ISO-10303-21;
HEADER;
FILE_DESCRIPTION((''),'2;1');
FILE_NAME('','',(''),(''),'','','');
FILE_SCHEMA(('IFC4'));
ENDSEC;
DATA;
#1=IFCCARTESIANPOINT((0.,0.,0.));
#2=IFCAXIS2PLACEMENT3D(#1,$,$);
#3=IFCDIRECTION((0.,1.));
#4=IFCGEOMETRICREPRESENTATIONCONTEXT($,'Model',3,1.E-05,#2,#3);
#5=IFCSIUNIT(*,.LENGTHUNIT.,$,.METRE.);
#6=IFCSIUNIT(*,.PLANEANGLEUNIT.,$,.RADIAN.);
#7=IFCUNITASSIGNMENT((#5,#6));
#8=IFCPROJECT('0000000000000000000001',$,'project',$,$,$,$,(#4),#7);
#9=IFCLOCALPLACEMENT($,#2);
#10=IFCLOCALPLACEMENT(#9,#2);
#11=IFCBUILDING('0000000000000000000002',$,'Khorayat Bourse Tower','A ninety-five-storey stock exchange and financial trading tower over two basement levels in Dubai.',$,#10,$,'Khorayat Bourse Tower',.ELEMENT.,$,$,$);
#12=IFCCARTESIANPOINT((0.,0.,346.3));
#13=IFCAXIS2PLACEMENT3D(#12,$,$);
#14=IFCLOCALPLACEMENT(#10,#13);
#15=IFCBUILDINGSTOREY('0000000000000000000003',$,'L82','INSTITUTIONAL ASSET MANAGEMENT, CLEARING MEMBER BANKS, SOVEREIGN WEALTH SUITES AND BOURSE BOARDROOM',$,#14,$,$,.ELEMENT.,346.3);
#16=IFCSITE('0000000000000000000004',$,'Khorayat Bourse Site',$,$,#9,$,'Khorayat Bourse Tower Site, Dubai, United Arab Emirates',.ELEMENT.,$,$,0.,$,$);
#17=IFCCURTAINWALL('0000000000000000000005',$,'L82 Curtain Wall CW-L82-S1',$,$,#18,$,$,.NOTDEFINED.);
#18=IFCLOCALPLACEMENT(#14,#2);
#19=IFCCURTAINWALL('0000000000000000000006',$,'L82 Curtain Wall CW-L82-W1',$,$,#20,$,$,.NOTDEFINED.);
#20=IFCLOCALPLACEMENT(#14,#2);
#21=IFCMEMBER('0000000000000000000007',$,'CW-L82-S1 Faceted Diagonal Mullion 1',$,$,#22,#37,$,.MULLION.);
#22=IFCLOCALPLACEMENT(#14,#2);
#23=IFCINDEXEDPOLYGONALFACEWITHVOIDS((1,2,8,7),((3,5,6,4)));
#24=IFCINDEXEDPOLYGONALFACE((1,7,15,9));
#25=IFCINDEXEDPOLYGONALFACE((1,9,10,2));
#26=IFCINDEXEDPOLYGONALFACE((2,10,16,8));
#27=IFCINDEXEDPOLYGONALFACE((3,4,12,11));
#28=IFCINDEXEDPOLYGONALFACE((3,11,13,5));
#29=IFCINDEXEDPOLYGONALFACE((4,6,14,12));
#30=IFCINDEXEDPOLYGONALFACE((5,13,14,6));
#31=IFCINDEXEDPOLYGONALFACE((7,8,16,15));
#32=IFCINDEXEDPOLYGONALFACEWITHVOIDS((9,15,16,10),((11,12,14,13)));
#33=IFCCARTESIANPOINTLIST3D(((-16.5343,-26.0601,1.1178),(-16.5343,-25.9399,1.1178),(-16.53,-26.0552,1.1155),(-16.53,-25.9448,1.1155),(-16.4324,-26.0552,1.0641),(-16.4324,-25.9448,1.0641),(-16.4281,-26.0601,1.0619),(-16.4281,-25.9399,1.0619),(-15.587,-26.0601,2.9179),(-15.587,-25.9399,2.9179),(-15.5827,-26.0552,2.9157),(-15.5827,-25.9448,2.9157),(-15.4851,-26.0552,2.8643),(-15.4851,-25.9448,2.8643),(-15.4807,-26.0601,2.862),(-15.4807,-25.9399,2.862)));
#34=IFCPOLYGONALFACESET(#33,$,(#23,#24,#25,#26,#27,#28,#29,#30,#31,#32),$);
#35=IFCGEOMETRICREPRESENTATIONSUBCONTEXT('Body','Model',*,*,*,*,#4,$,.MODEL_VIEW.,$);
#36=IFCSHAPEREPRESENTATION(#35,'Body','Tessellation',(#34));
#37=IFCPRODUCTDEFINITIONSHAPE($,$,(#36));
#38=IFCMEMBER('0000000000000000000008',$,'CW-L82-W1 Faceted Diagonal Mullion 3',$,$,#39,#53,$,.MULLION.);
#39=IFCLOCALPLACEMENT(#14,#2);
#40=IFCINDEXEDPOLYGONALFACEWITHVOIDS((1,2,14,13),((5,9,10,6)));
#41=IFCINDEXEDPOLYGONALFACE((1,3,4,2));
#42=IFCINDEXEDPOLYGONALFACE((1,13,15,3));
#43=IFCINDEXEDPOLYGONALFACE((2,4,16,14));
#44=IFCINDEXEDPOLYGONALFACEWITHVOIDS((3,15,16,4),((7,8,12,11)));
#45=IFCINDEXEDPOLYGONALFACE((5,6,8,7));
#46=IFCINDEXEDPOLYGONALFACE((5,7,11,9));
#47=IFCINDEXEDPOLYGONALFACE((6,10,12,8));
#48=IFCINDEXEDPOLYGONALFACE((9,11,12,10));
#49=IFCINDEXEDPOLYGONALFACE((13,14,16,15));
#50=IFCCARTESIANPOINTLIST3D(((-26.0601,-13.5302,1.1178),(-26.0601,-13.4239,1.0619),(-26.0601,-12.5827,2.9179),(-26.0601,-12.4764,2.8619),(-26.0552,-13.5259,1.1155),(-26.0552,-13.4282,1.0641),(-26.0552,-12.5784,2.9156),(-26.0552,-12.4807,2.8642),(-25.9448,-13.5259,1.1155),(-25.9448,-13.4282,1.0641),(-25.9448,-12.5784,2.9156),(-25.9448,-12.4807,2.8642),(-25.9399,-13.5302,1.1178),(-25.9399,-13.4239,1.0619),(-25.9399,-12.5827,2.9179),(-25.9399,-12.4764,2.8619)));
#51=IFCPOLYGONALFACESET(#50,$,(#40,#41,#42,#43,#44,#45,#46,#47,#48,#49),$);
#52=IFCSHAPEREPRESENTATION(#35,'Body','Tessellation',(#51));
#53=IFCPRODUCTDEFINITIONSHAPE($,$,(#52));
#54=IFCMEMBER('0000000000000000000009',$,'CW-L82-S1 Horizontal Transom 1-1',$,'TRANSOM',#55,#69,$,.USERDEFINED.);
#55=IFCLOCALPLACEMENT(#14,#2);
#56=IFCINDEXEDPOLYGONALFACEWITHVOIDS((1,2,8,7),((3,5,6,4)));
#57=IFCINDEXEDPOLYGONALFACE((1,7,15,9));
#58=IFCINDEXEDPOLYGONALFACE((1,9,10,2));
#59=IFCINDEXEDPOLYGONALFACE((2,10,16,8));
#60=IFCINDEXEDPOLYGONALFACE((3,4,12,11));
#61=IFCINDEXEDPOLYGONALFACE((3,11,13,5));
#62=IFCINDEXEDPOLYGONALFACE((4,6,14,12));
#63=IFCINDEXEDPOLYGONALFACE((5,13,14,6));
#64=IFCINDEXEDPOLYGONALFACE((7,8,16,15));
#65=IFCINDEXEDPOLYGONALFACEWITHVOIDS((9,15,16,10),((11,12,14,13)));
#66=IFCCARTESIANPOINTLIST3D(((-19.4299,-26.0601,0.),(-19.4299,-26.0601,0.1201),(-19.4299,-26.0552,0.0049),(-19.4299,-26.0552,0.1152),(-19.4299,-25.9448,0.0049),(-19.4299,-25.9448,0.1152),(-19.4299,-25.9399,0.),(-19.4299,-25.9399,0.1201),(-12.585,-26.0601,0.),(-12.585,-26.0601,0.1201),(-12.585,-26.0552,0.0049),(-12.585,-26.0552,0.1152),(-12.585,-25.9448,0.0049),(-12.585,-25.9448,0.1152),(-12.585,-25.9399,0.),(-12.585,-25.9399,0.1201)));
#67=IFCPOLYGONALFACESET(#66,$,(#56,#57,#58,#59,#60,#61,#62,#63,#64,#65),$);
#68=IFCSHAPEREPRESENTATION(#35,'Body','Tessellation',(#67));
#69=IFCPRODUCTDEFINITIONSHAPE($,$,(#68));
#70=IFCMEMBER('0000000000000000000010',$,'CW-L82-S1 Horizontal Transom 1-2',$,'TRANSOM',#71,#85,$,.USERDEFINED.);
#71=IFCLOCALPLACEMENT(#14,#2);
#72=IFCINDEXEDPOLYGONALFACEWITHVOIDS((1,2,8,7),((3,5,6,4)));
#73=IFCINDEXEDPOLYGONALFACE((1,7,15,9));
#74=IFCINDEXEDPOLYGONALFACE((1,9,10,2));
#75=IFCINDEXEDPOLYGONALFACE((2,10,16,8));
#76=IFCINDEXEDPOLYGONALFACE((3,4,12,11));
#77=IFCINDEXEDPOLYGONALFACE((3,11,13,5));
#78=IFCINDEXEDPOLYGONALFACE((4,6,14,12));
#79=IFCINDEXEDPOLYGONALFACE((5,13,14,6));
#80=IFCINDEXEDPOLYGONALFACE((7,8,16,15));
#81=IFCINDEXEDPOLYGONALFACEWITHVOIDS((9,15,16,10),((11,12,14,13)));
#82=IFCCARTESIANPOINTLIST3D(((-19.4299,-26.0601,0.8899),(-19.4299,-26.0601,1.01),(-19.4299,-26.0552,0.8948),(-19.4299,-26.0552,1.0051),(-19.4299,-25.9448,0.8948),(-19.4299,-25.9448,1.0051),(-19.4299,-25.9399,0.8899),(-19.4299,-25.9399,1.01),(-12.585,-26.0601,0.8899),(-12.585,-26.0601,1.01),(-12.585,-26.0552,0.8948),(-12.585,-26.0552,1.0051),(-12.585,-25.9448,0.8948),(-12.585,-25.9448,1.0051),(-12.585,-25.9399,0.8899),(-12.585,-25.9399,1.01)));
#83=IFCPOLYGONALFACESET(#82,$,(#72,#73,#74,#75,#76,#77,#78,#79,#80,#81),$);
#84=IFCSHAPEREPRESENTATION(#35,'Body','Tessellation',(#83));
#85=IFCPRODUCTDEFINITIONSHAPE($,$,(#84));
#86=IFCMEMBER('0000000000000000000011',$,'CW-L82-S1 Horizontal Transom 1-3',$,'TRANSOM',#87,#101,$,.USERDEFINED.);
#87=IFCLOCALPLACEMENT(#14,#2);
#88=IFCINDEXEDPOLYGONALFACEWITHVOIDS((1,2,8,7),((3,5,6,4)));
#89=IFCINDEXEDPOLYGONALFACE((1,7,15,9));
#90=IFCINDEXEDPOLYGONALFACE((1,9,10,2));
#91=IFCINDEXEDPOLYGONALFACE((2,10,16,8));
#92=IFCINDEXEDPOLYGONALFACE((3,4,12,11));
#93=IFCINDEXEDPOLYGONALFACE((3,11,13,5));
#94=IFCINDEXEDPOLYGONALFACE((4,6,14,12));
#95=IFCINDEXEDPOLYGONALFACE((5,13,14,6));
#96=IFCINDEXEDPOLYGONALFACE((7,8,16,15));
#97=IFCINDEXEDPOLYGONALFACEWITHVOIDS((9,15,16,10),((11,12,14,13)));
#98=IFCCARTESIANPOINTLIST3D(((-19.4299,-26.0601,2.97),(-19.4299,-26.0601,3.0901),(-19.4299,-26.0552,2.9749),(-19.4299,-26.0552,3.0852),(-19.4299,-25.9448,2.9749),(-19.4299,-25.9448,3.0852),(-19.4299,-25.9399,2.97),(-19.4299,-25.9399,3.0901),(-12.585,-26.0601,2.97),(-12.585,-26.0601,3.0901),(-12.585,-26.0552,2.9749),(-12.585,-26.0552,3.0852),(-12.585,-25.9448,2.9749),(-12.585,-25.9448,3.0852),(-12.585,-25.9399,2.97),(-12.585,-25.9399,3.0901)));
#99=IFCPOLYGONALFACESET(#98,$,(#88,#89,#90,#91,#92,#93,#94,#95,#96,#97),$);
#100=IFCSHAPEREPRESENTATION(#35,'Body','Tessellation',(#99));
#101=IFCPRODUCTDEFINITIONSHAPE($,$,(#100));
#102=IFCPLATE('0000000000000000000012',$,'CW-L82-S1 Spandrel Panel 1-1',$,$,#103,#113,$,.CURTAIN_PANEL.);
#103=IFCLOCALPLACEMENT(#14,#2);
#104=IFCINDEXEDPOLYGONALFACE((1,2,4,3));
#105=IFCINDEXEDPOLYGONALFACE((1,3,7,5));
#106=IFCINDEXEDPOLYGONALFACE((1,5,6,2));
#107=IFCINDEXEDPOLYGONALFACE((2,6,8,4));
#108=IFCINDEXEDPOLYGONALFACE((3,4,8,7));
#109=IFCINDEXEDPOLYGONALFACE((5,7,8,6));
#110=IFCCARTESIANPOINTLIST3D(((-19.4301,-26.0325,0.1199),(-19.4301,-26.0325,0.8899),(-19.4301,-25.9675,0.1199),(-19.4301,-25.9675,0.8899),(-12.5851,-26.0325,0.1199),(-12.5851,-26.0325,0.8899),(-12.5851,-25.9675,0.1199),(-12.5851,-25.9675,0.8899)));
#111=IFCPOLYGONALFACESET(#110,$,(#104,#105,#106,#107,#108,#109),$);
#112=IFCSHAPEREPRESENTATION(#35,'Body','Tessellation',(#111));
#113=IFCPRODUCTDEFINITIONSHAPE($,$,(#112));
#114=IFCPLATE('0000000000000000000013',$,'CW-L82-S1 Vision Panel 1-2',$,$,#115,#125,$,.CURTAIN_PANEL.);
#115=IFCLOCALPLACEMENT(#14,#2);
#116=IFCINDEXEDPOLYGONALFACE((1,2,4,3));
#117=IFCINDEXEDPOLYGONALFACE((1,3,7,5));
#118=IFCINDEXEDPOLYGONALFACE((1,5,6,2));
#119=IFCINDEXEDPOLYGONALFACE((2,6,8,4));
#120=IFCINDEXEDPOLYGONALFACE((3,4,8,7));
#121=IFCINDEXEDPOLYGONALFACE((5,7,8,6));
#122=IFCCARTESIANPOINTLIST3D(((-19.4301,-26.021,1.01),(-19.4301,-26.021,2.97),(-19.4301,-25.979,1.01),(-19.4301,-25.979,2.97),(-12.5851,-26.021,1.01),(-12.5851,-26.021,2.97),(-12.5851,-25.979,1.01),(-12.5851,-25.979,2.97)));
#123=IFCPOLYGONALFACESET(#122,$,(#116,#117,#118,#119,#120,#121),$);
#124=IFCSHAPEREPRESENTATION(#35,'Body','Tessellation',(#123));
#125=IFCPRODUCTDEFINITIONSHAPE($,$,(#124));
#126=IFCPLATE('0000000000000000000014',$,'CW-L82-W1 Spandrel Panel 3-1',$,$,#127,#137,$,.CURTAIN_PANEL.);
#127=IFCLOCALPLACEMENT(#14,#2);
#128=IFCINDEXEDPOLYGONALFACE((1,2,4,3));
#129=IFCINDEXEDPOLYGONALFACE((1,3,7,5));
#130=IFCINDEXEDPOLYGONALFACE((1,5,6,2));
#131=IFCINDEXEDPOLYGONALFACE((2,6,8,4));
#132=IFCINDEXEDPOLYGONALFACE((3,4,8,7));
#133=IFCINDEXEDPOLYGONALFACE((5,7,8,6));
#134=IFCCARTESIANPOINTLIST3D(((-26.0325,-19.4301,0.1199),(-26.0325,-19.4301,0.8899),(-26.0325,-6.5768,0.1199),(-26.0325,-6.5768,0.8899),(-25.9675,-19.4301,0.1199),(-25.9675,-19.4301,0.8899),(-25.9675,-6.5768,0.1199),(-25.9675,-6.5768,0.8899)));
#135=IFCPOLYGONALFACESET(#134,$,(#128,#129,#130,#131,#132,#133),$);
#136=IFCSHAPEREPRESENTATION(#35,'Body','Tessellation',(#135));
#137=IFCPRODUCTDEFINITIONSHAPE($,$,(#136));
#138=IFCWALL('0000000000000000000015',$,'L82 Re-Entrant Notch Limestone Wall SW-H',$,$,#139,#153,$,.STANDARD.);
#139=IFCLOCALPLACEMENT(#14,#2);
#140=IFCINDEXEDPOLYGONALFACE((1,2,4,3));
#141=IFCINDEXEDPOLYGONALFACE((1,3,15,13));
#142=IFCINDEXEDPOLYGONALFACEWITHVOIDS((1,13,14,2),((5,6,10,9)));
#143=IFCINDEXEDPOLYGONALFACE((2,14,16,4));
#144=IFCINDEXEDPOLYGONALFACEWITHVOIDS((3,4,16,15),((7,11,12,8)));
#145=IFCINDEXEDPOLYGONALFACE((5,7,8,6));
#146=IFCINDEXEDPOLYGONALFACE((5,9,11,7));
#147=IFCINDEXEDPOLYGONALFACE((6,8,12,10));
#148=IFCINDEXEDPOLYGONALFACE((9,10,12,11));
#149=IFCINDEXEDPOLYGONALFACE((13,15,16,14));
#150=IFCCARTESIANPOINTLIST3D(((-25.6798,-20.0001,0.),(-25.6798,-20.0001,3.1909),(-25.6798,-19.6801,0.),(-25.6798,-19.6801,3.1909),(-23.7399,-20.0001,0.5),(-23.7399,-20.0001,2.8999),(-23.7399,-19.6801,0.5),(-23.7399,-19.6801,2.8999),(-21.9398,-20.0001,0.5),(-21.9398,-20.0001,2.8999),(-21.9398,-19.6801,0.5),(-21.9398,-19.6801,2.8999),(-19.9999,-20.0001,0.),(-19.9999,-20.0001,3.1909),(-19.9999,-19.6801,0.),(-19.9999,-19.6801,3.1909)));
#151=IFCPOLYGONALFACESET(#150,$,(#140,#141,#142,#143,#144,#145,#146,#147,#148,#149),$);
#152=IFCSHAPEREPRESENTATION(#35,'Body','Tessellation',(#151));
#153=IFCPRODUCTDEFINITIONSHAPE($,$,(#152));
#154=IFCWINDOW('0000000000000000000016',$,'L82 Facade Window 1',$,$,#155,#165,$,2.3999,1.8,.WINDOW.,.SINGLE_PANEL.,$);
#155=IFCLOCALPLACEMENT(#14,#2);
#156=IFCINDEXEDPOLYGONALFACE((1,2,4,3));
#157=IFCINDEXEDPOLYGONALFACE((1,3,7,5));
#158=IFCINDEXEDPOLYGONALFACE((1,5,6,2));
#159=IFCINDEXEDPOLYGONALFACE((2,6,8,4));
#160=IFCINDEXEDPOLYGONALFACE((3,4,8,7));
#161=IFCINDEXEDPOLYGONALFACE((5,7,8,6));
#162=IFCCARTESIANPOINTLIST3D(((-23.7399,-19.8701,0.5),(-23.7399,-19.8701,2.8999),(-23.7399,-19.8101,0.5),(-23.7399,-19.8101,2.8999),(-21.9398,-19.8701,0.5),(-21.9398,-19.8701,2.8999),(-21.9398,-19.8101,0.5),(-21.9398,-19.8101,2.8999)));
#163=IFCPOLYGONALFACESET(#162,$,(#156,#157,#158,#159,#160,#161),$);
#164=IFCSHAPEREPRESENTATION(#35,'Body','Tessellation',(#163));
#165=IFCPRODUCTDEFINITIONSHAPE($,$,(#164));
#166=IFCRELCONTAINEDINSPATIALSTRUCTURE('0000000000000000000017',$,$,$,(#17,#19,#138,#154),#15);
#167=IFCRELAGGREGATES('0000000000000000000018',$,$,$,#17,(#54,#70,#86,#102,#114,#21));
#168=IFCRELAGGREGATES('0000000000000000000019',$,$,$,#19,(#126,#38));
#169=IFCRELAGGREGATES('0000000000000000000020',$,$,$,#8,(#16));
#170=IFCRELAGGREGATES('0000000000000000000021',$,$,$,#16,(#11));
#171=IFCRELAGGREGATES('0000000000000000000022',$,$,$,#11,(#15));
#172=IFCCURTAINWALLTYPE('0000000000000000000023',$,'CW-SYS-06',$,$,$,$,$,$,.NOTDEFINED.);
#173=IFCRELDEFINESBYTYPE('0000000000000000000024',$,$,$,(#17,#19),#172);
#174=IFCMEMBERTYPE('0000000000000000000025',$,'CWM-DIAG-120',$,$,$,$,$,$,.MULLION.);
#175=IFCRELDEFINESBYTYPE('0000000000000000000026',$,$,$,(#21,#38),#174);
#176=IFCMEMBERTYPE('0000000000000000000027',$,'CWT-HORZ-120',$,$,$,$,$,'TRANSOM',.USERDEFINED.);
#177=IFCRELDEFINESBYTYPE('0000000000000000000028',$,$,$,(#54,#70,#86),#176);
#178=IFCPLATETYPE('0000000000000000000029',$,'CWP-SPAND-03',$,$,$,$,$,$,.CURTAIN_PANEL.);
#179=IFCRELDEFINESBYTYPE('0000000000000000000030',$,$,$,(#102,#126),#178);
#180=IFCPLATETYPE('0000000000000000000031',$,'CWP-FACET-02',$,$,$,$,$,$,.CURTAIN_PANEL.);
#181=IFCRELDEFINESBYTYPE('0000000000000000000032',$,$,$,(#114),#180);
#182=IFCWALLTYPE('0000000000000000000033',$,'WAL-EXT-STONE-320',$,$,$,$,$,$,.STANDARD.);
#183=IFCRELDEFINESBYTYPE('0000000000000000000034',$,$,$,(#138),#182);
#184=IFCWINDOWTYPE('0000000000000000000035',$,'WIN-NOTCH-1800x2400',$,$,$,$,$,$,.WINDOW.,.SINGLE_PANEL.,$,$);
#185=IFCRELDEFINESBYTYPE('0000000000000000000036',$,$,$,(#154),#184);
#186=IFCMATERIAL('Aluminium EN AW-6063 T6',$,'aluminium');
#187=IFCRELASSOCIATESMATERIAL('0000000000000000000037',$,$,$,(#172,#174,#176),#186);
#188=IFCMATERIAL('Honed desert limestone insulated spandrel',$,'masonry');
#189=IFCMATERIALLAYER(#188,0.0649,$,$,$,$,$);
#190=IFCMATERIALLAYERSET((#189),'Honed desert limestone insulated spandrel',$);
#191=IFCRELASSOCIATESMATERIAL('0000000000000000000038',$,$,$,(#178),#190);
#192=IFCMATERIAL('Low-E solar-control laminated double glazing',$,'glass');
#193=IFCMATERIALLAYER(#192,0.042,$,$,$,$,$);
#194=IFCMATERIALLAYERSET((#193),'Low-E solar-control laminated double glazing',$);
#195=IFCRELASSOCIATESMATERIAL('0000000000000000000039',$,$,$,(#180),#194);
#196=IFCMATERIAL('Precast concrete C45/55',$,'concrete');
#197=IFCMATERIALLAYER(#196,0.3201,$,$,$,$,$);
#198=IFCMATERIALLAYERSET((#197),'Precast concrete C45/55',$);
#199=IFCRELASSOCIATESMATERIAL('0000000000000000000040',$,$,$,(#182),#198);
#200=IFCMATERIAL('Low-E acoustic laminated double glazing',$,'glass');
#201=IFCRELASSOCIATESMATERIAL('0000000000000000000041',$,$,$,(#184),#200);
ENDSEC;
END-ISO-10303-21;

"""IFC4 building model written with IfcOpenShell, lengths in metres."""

from ifc_helpers import new_model, si_unit, direction, frame, frame_2d, origin, origin_2d, place, context, subcontext, project, spatial, rectangle, hollow_rectangle, extrude, source, transform, mapped, material, layer, layer_set, material_profile, profile_set, type_object, element, fill, aggregate, save


model = new_model("IFC4")

# Units and contexts
model_context = context("Model", 3, precision=1e-05, world=origin(), true_north=direction((0.0, 1.0)))
body_context = subcontext(model_context, "Body", "Model", "MODEL_VIEW")
ifc_project = project(units=[si_unit("LENGTHUNIT", "METRE"), si_unit("PLANEANGLEUNIT", "RADIAN")], contexts=[model_context])

# Site, building, storey
site_placement = place(None, origin())
site = spatial("IfcSite", under=ifc_project, at=site_placement, Name="Khorayat Bourse Site", LongName="Khorayat Bourse Tower Site, Dubai, United Arab Emirates", CompositionType="ELEMENT", RefElevation=0.0)
building_placement = place(site_placement, origin())
building = spatial("IfcBuilding", under=site, at=building_placement, Name="Khorayat Bourse Tower", Description="A ninety-five-storey stock exchange and financial trading tower over two basement levels in Dubai.", LongName="Khorayat Bourse Tower", CompositionType="ELEMENT")
storey_placement = place(building_placement, frame((0.0, 0.0, 346.3)))
storey = spatial("IfcBuildingStorey", under=building, at=storey_placement, Name="L82", Description="INSTITUTIONAL ASSET MANAGEMENT, CLEARING MEMBER BANKS, SOVEREIGN WEALTH SUITES AND BOURSE BOARDROOM", CompositionType="ELEMENT", Elevation=346.3)

# Curtain walls
ifc_material_1 = material(Name="Aluminium EN AW-6063 T6", Category="aluminium")
curtain_wall_type = type_object("IfcCurtainWallType", Name="CW-SYS-06", PredefinedType="NOTDEFINED", material=ifc_material_1)
curtain_wall_1_placement = place(storey_placement, origin())
curtain_wall_1 = element("IfcCurtainWall", 1, at=curtain_wall_1_placement, inside=storey, type_object=curtain_wall_type, Name="L82 Curtain Wall CW-L82-S1", PredefinedType="NOTDEFINED")
curtain_wall_2_placement = place(storey_placement, origin())
curtain_wall_2 = element("IfcCurtainWall", 2, at=curtain_wall_2_placement, inside=storey, type_object=curtain_wall_type, Name="L82 Curtain Wall CW-L82-W1", PredefinedType="NOTDEFINED")

# Members
ifc_material_profile_1 = material_profile(ifc_material_1, hollow_rectangle(XDim=0.1201, YDim=0.1201, WallThickness=0.0049, at=origin_2d()), Name="ALU 120x120x5")
ifc_profile_set_1 = profile_set([ifc_material_profile_1], Name="Aluminium EN AW-6063 T6")
member_type_1 = type_object("IfcMemberType", Name="CWM-DIAG-120", PredefinedType="MULLION", material=ifc_profile_set_1)
shared_shape_1 = source(origin(), body_context, "Body", "SweptSolid", [
    extrude(hollow_rectangle(XDim=0.1201, YDim=0.1201, WallThickness=0.0049, at=origin_2d()), origin(), (0.0, 0.0, 1.0), 2.0342),
])
member_1_placement = place(storey_placement, frame((-16.4812, -26.0, 1.0898), z_axis=(0.465697, 0.0, 0.884944), x_axis=(0.0, 1.0, 0.0)))
member_1 = element("IfcMember", 3, at=member_1_placement, type_object=member_type_1, Name="CW-L82-S1 Faceted Diagonal Mullion 1", PredefinedType="MULLION", context=body_context, shape_type="MappedRepresentation", body=[
    mapped(shared_shape_1, transform((0.0, 0.0, 0.0), scale=1.0)),
])
member_2_placement = place(storey_placement, frame((-26.0, -13.4771, 1.0898), z_axis=(0.0, 0.465791, 0.884895), x_axis=(-1.0, 0.0, 0.0)))
member_2 = element("IfcMember", 4, at=member_2_placement, type_object=member_type_1, Name="CW-L82-W1 Faceted Diagonal Mullion 3", PredefinedType="MULLION", context=body_context, shape_type="MappedRepresentation", body=[
    mapped(shared_shape_1, transform((0.0, 0.0, 0.0), scale=1.0)),
])
ifc_material_profile_2 = material_profile(ifc_material_1, hollow_rectangle(XDim=0.1201, YDim=0.1201, WallThickness=0.0049, at=origin_2d()), Name="ALU 120x120x5")
ifc_profile_set_2 = profile_set([ifc_material_profile_2], Name="Aluminium EN AW-6063 T6")
member_type_2 = type_object("IfcMemberType", Name="CWT-HORZ-120", ElementType="TRANSOM", PredefinedType="USERDEFINED", material=ifc_profile_set_2)
shared_shape_2 = source(origin(), body_context, "Body", "SweptSolid", [
    extrude(hollow_rectangle(XDim=0.1201, YDim=0.1201, WallThickness=0.0049, at=origin_2d()), origin(), (0.0, 0.0, 1.0), 6.845),
])
member_3_placement = place(storey_placement, frame((-19.4299, -26.0, 0.0601), z_axis=(1.0, 0.0, 0.0), x_axis=(0.0, 1.0, 0.0)))
member_3 = element("IfcMember", 5, at=member_3_placement, type_object=member_type_2, Name="CW-L82-S1 Horizontal Transom 1-1", ObjectType="TRANSOM", PredefinedType="USERDEFINED", context=body_context, shape_type="MappedRepresentation", body=[
    mapped(shared_shape_2, transform((0.0, 0.0, 0.0), scale=1.0)),
])
member_4_placement = place(storey_placement, frame((-19.4299, -26.0, 0.95), z_axis=(1.0, 0.0, 0.0), x_axis=(0.0, 1.0, 0.0)))
member_4 = element("IfcMember", 6, at=member_4_placement, type_object=member_type_2, Name="CW-L82-S1 Horizontal Transom 1-2", ObjectType="TRANSOM", PredefinedType="USERDEFINED", context=body_context, shape_type="MappedRepresentation", body=[
    mapped(shared_shape_2, transform((0.0, 0.0, 0.0), scale=1.0)),
])
member_5_placement = place(storey_placement, frame((-19.4299, -26.0, 3.03), z_axis=(1.0, 0.0, 0.0), x_axis=(0.0, 1.0, 0.0)))
member_5 = element("IfcMember", 7, at=member_5_placement, type_object=member_type_2, Name="CW-L82-S1 Horizontal Transom 1-3", ObjectType="TRANSOM", PredefinedType="USERDEFINED", context=body_context, shape_type="MappedRepresentation", body=[
    mapped(shared_shape_2, transform((0.0, 0.0, 0.0), scale=1.0)),
])

# Plates
ifc_material_2 = material(Name="Honed desert limestone insulated spandrel", Category="masonry")
ifc_layer_1 = layer(ifc_material_2, 0.0649)
ifc_layer_set_1 = layer_set([ifc_layer_1], Name="Honed desert limestone insulated spandrel")
plate_type_1 = type_object("IfcPlateType", Name="CWP-SPAND-03", PredefinedType="CURTAIN_PANEL", material=ifc_layer_set_1)
shared_shape_3 = source(origin(), body_context, "Body", "SweptSolid", [
    extrude(rectangle(XDim=6.845, YDim=0.0649, at=origin_2d()), origin(), (0.0, 0.0, 1.0), 0.77),
])
plate_1_placement = place(storey_placement, frame((-16.0076, -26.0, 0.1199), z_axis=(0.0, 0.0, 1.0), x_axis=(1.0, 0.0, 0.0)))
plate_1 = element("IfcPlate", 8, at=plate_1_placement, type_object=plate_type_1, Name="CW-L82-S1 Spandrel Panel 1-1", PredefinedType="CURTAIN_PANEL", context=body_context, shape_type="MappedRepresentation", body=[
    mapped(shared_shape_3, transform((0.0, 0.0, 0.0), scale=1.0)),
])
ifc_material_3 = material(Name="Low-E solar-control laminated double glazing", Category="glass")
ifc_layer_2 = layer(ifc_material_3, 0.042)
ifc_layer_set_2 = layer_set([ifc_layer_2], Name="Low-E solar-control laminated double glazing")
plate_type_2 = type_object("IfcPlateType", Name="CWP-FACET-02", PredefinedType="CURTAIN_PANEL", material=ifc_layer_set_2)
shared_shape_4 = source(origin(), body_context, "Body", "SweptSolid", [
    extrude(rectangle(XDim=6.845, YDim=0.042, at=origin_2d()), origin(), (0.0, 0.0, 1.0), 1.96),
])
plate_2_placement = place(storey_placement, frame((-16.0076, -26.0, 1.01), z_axis=(0.0, 0.0, 1.0), x_axis=(1.0, 0.0, 0.0)))
plate_2 = element("IfcPlate", 9, at=plate_2_placement, type_object=plate_type_2, Name="CW-L82-S1 Vision Panel 1-2", PredefinedType="CURTAIN_PANEL", context=body_context, shape_type="MappedRepresentation", body=[
    mapped(shared_shape_4, transform((0.0, 0.0, 0.0), scale=1.0)),
])
aggregate(curtain_wall_1, [member_3, member_4, member_5, plate_1, plate_2, member_1])
shared_shape_5 = source(origin(), body_context, "Body", "SweptSolid", [
    extrude(rectangle(XDim=12.8533, YDim=0.0649, at=origin_2d()), origin(), (0.0, 0.0, 1.0), 0.77),
])
plate_3_placement = place(storey_placement, frame((-26.0, -13.0034, 0.1199), z_axis=(0.0, 0.0, 1.0), x_axis=(0.0, -1.0, 0.0)))
plate_3 = element("IfcPlate", 10, at=plate_3_placement, type_object=plate_type_1, Name="CW-L82-W1 Spandrel Panel 3-1", PredefinedType="CURTAIN_PANEL", context=body_context, shape_type="MappedRepresentation", body=[
    mapped(shared_shape_5, transform((0.0, 0.0, 0.0), scale=1.0)),
])
aggregate(curtain_wall_2, [plate_3, member_2])

# Wall, opening, window
ifc_material_4 = material(Name="Precast concrete C45/55", Category="concrete")
ifc_layer_3 = layer(ifc_material_4, 0.3201)
ifc_layer_set_3 = layer_set([ifc_layer_3], Name="Precast concrete C45/55")
wall_type_1 = type_object("IfcWallType", Name="WAL-EXT-STONE-320", PredefinedType="STANDARD", material=ifc_layer_set_3)
shared_shape_6 = source(origin(), body_context, "Body", "SweptSolid", [
    extrude(rectangle(XDim=5.6799, YDim=0.3201, at=frame_2d((2.8398, 0.0))), origin(), (0.0, 0.0, 1.0), 3.1909),
])
wall_1_placement = place(storey_placement, frame((-20.0, -19.8401, 0.0), z_axis=(0.0, 0.0, 1.0), x_axis=(-1.0, 0.0, 0.0)))
wall_1 = element("IfcWall", 11, at=wall_1_placement, inside=storey, type_object=wall_type_1, Name="L82 Re-Entrant Notch Limestone Wall SW-H", PredefinedType="STANDARD", context=body_context, shape_type="MappedRepresentation", body=[
    mapped(shared_shape_6, transform((0.0, 0.0, 0.0), scale=1.0)),
])
shared_shape_7 = source(origin(), body_context, "Body", "SweptSolid", [
    extrude(rectangle(XDim=1.8, YDim=2.3999, at=frame_2d((0.8999, 1.2))), frame((0.0, 0.1699, 0.0), z_axis=(0.0, -1.0, 0.0), x_axis=(1.0, 0.0, 0.0)), (0.0, 0.0, 1.0), 0.3401),
])
opening_1_placement = place(wall_1_placement, frame((1.9399, 0.0, 0.5)))
opening_1 = element("IfcOpeningElement", 12, at=opening_1_placement, cuts=wall_1, PredefinedType="OPENING", context=body_context, shape_type="MappedRepresentation", body=[
    mapped(shared_shape_7, transform((0.0, 0.0, 0.0), scale=1.0)),
])
ifc_material_5 = material(Name="Low-E acoustic laminated double glazing", Category="glass")
window_type = type_object("IfcWindowType", Name="WIN-NOTCH-1800x2400", PartitioningType="SINGLE_PANEL", PredefinedType="WINDOW", material=ifc_material_5)
shared_shape_8 = source(origin(), body_context, "Body", "SweptSolid", [
    extrude(rectangle(XDim=1.8, YDim=2.3999, at=frame_2d((0.8999, 1.2))), frame((0.0, 0.03, 0.0), z_axis=(0.0, -1.0, 0.0), x_axis=(1.0, 0.0, 0.0)), (0.0, 0.0, 1.0), 0.0601),
])
window_1_placement = place(opening_1_placement, origin())
window_1 = element("IfcWindow", 13, at=window_1_placement, inside=storey, type_object=window_type, Name="L82 Facade Window 1", OverallHeight=2.3999, OverallWidth=1.8, PartitioningType="SINGLE_PANEL", PredefinedType="WINDOW", context=body_context, shape_type="MappedRepresentation", body=[
    mapped(shared_shape_8, transform((0.0, 0.0, 0.0), scale=1.0)),
])
fill(opening_1, window_1)

save(model, "model.ifc")
